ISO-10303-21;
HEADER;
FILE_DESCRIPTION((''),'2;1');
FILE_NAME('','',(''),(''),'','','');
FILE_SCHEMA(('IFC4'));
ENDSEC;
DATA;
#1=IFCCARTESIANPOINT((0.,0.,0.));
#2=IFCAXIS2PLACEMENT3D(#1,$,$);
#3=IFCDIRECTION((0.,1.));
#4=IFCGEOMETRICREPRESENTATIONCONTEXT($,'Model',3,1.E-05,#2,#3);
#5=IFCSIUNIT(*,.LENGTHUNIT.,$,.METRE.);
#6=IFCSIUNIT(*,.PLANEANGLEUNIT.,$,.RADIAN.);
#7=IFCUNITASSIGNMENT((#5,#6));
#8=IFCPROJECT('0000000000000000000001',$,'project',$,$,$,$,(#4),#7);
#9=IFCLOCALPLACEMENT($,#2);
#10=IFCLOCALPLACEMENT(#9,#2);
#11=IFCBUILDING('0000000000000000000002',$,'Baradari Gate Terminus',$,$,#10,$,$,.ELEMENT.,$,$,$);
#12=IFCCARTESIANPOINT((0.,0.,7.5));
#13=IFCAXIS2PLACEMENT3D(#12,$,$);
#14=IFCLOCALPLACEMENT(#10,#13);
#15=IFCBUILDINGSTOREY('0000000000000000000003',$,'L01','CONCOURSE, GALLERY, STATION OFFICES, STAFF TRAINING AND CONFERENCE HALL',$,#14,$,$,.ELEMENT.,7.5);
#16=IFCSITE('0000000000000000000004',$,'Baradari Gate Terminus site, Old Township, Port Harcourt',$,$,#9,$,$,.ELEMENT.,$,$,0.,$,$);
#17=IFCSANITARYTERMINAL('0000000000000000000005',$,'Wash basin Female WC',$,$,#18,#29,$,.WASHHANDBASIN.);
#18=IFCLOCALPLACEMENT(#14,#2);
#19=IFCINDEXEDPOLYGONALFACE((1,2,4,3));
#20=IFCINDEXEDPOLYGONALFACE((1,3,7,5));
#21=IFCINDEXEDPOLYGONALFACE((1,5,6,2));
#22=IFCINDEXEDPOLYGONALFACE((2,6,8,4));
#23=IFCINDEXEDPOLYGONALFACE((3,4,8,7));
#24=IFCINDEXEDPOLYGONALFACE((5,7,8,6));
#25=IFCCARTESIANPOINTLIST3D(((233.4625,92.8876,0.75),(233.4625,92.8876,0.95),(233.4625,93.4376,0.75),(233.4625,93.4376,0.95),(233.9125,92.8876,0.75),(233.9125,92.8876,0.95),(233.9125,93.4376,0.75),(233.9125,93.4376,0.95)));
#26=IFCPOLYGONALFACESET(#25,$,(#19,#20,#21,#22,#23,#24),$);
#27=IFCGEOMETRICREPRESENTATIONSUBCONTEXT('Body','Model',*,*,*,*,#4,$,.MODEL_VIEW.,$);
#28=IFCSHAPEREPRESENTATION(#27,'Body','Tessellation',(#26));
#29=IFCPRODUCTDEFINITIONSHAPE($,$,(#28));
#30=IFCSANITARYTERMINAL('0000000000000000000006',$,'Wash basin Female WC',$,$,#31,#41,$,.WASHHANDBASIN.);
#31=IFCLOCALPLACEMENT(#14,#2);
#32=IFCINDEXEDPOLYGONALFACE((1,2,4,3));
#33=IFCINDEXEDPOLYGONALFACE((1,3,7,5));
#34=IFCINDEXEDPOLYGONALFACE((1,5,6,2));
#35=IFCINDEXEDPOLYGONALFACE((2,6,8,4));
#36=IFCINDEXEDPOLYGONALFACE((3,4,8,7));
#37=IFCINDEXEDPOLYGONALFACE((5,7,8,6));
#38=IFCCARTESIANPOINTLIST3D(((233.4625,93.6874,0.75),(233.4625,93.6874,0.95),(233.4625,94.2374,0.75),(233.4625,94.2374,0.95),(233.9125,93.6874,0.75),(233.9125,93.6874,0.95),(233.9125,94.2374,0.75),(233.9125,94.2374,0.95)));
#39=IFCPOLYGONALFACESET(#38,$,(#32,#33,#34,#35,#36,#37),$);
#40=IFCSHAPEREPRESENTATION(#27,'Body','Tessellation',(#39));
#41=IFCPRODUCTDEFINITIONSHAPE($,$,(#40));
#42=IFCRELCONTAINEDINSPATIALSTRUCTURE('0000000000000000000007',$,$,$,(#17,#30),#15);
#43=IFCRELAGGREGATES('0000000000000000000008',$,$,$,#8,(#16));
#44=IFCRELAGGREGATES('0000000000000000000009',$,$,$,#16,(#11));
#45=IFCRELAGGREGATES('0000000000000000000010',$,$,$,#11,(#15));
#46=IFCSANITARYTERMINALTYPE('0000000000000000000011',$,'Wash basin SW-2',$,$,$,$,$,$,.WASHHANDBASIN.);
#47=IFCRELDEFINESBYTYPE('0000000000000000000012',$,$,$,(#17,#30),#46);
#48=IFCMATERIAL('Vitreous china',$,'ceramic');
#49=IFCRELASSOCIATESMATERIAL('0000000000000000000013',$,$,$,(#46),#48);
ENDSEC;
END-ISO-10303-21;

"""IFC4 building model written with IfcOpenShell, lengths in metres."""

from ifc_helpers import new_model, si_unit, direction, frame, origin, origin_2d, place, context, subcontext, project, spatial, rectangle, extrude, material, type_object, element, save


model = new_model("IFC4")

# Units and contexts
model_context = context("Model", 3, precision=1e-05, world=origin(), true_north=direction((0.0, 1.0)))
body_context = subcontext(model_context, "Body", "Model", "MODEL_VIEW")
ifc_project = project(units=[si_unit("LENGTHUNIT", "METRE"), si_unit("PLANEANGLEUNIT", "RADIAN")], contexts=[model_context])

# Site, building, storey
site_placement = place(None, origin())
site = spatial("IfcSite", under=ifc_project, at=site_placement, Name="Baradari Gate Terminus site, Old Township, Port Harcourt", CompositionType="ELEMENT", RefElevation=0.0)
building_placement = place(site_placement, origin())
building = spatial("IfcBuilding", under=site, at=building_placement, Name="Baradari Gate Terminus", CompositionType="ELEMENT")
storey_placement = place(building_placement, frame((0.0, 0.0, 7.5)))
storey = spatial("IfcBuildingStorey", under=building, at=storey_placement, Name="L01", Description="CONCOURSE, GALLERY, STATION OFFICES, STAFF TRAINING AND CONFERENCE HALL", CompositionType="ELEMENT", Elevation=7.5)

# Sanitary terminals
ifc_material_1 = material(Name="Vitreous china", Category="ceramic")
sanitary_terminal_type_1 = type_object("IfcSanitaryTerminalType", Name="Wash basin SW-2", PredefinedType="WASHHANDBASIN", material=ifc_material_1)
for number, where, z_axis, x_axis, name in (
    (1, (233.6875, 93.1626, 0.75), (0.0, 0.0, 1.0), (1.0, 0.0, 0.0), "Wash basin Female WC"),
    (2, (233.6875, 93.9624, 0.75), (0.0, 0.0, 1.0), (1.0, 0.0, 0.0), "Wash basin Female WC"),
):
    element("IfcSanitaryTerminal", number, at=place(storey_placement, frame(where, z_axis=z_axis, x_axis=x_axis)), inside=storey, type_object=sanitary_terminal_type_1, Name=name, PredefinedType="WASHHANDBASIN", context=body_context, shape_type="SweptSolid", body=[
        extrude(rectangle(XDim=0.45, YDim=0.55, at=origin_2d()), origin(), (0.0, 0.0, 1.0), 0.2),
    ])

save(model, "model.ifc")
